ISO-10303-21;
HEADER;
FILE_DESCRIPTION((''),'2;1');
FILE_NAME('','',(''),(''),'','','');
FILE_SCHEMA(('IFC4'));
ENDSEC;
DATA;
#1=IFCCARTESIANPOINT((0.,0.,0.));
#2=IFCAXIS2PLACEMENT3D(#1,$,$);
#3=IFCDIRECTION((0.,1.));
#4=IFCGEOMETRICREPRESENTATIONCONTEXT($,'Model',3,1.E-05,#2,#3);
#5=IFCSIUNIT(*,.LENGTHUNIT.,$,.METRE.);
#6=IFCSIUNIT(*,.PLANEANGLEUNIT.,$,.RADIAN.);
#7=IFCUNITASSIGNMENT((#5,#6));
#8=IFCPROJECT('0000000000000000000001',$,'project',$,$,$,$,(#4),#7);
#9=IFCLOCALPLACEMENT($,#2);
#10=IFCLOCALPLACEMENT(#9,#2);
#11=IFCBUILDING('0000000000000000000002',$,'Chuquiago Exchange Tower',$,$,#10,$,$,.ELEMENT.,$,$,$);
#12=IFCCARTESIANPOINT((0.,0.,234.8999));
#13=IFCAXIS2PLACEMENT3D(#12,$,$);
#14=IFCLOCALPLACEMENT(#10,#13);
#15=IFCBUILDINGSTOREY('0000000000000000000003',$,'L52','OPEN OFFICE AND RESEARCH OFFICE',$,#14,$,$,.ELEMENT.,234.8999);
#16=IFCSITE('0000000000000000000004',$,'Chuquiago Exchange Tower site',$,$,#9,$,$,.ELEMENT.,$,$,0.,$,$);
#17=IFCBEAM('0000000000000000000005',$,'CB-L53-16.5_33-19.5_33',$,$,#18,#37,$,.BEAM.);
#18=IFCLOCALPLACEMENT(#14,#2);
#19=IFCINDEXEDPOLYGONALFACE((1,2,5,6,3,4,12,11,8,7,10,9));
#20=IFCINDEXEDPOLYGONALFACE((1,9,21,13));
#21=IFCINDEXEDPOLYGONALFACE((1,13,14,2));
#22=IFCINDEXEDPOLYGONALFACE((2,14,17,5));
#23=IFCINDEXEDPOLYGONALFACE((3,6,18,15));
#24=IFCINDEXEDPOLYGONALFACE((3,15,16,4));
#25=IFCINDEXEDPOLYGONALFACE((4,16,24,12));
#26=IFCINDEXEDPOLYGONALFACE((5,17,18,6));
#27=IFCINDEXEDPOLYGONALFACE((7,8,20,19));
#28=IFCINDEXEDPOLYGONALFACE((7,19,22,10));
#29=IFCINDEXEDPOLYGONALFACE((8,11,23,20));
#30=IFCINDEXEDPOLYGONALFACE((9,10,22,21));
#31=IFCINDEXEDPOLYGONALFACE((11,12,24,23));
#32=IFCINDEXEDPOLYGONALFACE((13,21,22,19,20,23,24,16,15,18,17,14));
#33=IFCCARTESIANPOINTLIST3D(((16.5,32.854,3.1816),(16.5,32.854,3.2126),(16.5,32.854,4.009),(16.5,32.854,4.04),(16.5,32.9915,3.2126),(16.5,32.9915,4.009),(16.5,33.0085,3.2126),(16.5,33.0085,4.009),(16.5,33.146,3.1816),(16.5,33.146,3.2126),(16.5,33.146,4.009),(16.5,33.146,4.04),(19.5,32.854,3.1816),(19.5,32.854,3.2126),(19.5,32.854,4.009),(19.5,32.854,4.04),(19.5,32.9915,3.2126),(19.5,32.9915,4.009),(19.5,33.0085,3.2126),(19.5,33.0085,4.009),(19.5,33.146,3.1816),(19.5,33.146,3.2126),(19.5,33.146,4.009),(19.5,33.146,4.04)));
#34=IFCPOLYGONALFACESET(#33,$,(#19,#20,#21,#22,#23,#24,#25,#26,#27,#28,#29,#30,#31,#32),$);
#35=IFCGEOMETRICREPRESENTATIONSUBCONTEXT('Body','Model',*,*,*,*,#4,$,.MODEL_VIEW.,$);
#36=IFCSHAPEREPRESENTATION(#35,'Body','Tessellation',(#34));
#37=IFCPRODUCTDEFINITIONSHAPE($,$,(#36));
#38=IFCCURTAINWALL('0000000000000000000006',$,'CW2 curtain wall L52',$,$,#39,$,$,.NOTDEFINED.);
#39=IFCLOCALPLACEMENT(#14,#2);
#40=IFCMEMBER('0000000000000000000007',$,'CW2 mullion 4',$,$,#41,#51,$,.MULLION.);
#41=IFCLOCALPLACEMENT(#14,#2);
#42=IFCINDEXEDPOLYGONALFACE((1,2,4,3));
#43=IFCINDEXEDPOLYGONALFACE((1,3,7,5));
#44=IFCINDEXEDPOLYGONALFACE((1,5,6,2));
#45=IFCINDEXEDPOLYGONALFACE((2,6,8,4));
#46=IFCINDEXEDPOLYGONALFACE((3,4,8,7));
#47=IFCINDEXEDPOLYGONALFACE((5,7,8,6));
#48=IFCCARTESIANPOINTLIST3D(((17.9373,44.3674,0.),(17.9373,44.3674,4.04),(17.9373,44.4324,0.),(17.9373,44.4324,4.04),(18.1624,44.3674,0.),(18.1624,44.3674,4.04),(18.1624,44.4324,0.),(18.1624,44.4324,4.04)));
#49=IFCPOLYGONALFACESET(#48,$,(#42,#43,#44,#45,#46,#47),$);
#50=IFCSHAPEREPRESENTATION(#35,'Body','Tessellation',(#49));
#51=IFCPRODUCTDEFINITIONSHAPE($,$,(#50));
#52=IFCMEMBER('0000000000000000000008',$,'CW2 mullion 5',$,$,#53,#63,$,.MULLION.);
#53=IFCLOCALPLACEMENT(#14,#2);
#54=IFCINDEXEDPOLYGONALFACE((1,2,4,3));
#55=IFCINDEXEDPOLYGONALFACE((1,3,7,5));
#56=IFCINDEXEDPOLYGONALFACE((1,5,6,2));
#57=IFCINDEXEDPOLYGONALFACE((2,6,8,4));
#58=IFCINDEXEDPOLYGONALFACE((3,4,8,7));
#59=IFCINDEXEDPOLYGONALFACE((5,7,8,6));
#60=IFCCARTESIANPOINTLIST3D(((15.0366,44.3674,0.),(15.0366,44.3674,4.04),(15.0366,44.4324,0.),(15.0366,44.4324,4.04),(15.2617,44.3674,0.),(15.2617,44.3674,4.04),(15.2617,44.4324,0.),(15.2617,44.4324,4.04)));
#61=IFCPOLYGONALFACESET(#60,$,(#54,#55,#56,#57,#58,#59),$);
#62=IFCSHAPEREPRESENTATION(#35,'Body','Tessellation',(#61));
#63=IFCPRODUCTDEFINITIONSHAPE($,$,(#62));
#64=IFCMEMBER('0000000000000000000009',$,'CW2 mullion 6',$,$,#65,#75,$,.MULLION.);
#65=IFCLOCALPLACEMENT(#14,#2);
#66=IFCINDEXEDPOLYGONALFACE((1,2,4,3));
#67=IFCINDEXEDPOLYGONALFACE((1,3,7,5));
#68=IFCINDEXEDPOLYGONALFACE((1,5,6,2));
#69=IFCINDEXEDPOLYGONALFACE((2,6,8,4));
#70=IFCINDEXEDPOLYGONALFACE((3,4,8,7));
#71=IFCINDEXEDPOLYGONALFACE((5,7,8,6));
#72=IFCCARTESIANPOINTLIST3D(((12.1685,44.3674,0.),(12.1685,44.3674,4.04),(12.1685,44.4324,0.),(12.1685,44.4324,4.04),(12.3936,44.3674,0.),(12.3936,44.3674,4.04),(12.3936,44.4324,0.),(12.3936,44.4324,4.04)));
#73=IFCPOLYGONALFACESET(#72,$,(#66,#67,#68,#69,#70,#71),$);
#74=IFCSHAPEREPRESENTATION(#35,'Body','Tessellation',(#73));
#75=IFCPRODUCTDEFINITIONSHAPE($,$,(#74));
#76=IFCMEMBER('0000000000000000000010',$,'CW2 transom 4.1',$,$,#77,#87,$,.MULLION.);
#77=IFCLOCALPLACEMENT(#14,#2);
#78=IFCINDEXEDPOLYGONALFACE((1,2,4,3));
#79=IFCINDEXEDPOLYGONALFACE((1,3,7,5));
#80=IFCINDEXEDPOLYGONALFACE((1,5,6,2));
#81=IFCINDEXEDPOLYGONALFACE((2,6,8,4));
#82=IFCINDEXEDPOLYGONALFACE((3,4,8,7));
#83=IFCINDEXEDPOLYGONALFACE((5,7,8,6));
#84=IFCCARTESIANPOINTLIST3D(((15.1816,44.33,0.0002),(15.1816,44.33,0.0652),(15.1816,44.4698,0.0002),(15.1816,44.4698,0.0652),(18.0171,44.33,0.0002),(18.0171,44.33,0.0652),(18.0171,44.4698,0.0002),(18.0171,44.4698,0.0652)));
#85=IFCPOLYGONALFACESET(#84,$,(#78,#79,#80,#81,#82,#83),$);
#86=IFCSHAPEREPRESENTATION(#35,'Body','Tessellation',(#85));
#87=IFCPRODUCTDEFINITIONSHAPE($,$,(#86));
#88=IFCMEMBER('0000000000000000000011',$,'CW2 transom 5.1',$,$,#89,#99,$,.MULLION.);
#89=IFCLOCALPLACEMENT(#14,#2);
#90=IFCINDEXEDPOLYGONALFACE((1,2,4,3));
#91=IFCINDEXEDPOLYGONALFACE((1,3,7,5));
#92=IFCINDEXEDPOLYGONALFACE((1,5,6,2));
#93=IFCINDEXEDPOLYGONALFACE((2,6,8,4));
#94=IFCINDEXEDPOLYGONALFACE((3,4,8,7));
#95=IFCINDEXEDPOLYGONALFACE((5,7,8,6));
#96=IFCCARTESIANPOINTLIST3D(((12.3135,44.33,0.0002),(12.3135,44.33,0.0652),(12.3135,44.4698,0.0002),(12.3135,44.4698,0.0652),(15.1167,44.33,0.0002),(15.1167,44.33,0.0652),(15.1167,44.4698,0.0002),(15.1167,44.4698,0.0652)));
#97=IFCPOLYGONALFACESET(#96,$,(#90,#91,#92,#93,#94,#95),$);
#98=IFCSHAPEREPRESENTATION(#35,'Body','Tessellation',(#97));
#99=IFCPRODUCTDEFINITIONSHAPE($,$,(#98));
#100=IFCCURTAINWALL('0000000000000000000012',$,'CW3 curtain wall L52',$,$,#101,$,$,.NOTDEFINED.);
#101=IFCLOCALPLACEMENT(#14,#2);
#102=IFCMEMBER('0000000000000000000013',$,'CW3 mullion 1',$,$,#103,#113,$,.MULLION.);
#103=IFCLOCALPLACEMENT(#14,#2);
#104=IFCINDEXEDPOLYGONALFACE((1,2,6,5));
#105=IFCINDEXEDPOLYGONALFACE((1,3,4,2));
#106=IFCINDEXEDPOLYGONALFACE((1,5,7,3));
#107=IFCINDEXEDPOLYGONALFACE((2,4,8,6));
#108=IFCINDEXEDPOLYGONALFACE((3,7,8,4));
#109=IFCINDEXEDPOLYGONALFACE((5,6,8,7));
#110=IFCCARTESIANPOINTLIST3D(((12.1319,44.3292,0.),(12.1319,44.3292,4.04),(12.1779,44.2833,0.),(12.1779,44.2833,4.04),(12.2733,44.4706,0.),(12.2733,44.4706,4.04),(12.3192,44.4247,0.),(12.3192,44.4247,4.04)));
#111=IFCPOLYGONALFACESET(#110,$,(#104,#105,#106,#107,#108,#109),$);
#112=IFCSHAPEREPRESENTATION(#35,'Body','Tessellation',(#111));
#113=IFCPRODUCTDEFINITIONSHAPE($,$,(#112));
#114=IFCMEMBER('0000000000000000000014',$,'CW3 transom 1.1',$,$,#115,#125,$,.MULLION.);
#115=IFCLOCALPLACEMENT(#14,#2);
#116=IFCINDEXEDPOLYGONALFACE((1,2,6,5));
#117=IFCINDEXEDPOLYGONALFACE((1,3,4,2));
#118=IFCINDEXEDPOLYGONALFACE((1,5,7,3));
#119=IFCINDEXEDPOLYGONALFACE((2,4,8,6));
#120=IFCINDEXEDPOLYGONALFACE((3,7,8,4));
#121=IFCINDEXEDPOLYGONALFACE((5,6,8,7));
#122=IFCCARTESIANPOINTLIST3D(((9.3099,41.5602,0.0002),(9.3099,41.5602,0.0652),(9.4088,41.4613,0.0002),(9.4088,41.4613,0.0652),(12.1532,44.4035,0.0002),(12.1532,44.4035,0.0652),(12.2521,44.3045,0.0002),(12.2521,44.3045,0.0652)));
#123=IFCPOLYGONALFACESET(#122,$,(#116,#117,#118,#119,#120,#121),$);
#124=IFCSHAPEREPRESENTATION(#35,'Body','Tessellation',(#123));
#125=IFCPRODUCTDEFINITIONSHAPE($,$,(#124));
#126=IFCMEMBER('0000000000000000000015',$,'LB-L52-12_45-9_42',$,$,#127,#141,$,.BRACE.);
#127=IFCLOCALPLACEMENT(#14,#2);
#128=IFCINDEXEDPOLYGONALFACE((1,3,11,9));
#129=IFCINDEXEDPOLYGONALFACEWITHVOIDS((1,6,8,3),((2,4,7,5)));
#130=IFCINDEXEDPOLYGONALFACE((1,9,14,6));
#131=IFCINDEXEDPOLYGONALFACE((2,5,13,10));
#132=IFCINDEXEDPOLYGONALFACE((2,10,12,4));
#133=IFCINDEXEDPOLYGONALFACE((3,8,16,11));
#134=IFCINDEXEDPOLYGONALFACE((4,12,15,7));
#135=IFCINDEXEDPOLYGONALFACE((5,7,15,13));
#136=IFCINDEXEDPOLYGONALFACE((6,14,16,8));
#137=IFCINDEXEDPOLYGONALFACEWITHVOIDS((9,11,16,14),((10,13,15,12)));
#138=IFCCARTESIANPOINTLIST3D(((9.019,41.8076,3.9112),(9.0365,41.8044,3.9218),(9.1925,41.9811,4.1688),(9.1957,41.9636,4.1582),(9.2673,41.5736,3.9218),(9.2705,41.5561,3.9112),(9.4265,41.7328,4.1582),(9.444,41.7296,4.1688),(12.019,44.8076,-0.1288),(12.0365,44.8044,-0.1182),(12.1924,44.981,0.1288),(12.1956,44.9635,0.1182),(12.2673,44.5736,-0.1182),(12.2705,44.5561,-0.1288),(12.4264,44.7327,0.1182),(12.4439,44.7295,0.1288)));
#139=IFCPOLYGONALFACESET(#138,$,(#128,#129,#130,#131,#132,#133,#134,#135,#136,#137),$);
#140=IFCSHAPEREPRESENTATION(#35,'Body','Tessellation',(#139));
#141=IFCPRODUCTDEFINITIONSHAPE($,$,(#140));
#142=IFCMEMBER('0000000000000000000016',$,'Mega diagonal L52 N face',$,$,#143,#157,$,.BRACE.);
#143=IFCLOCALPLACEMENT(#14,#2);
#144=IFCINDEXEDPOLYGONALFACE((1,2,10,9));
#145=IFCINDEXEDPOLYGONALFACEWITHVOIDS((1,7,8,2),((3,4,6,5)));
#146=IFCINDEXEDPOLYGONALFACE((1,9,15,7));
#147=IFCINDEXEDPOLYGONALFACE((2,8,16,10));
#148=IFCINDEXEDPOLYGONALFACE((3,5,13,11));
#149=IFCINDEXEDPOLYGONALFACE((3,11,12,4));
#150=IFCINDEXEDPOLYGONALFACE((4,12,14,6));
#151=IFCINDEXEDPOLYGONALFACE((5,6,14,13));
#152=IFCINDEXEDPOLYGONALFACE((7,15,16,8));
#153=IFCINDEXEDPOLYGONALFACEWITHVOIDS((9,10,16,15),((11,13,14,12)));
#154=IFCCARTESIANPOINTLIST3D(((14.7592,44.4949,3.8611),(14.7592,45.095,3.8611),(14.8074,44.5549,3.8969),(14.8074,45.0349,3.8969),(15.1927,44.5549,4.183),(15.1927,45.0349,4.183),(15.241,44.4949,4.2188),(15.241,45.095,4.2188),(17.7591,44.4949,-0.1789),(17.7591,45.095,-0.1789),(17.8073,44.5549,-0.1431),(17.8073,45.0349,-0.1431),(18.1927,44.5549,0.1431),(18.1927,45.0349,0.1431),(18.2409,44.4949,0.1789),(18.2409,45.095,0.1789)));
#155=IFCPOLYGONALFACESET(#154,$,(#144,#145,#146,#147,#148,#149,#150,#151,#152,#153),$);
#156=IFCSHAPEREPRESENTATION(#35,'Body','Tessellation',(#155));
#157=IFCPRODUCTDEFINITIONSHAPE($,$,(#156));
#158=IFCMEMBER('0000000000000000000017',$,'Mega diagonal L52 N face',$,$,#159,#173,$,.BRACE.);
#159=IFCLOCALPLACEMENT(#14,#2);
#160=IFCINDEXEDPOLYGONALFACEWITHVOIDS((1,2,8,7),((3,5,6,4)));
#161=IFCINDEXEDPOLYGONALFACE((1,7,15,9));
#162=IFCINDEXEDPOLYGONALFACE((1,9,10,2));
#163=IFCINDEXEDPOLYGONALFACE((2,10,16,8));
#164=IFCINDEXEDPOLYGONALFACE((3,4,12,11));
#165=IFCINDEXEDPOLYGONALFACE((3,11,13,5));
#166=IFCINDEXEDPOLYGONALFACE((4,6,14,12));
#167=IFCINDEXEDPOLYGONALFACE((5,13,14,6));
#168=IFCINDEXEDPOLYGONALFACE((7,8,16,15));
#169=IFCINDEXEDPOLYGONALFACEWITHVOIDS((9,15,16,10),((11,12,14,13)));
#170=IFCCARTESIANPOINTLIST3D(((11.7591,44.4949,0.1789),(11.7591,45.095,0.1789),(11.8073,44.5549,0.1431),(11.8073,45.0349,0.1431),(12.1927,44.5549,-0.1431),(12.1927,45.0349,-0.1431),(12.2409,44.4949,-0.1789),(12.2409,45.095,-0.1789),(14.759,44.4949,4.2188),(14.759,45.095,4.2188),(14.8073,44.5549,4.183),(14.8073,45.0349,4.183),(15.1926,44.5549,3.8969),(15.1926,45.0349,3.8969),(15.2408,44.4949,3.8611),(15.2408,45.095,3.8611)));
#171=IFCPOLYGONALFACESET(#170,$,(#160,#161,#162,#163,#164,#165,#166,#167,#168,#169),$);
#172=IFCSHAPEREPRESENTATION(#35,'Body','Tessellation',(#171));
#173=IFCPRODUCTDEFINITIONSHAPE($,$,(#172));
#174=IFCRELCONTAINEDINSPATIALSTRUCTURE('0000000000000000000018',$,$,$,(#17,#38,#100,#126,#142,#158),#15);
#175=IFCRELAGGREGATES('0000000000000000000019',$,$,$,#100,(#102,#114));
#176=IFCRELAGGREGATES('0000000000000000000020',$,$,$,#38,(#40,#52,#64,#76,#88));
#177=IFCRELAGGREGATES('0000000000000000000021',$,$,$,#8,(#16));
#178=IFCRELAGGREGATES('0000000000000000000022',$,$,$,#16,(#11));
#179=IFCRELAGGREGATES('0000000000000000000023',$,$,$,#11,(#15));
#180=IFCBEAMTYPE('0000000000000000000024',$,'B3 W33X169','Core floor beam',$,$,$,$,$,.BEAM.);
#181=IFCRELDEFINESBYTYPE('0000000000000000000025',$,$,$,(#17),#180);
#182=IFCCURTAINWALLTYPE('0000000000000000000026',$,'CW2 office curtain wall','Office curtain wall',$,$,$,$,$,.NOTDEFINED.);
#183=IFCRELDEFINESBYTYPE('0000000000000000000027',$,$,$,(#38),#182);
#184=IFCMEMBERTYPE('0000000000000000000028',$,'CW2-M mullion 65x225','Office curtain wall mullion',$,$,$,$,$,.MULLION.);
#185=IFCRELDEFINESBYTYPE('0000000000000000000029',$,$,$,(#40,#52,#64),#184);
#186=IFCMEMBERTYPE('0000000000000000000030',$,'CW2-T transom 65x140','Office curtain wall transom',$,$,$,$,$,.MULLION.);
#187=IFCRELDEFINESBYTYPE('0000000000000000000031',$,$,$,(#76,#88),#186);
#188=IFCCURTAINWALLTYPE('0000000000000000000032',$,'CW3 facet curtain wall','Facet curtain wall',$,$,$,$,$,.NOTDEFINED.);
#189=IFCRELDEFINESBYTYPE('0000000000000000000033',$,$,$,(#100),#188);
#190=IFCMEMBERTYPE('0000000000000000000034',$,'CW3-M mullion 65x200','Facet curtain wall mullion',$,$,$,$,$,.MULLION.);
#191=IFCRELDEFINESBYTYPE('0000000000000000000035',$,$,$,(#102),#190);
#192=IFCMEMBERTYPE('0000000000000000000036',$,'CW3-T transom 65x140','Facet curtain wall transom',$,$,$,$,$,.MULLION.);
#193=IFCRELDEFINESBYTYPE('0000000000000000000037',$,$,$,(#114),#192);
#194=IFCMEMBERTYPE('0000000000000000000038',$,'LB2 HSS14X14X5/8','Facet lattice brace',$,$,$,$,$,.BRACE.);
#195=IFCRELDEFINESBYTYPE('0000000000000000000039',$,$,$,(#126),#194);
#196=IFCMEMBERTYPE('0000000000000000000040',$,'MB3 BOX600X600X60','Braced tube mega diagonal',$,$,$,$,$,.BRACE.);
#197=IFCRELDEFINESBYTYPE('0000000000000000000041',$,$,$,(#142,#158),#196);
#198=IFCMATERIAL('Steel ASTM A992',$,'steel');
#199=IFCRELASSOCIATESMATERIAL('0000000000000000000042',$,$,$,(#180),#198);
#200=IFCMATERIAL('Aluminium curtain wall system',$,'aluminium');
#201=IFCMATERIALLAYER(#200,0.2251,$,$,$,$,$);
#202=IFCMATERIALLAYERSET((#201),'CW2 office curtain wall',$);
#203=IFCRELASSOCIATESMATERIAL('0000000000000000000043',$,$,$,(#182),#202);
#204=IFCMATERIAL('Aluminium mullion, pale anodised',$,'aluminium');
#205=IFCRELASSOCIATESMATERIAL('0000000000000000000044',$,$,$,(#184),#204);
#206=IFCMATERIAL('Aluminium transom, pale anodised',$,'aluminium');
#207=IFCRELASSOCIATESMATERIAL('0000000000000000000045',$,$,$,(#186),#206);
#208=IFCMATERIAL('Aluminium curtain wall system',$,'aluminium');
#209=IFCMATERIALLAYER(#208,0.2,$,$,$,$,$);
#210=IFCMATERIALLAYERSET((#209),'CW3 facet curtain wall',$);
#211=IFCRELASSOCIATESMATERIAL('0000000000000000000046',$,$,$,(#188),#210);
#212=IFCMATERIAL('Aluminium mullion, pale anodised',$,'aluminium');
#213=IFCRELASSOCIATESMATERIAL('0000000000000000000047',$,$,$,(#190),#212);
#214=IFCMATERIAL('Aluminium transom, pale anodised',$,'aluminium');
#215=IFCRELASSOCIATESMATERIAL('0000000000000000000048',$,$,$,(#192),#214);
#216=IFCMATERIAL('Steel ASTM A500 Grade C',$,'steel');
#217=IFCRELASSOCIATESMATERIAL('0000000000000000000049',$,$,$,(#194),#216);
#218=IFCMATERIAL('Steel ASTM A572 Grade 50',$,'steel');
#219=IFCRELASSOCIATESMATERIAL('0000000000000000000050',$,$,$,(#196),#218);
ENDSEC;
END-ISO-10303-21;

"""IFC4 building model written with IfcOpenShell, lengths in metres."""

from ifc_helpers import new_model, si_unit, direction, frame, origin, origin_2d, place, context, subcontext, project, spatial, rectangle, hollow_rectangle, i_section, extrude, material, layer, layer_set, material_profile, profile_set, type_object, element, aggregate, save


model = new_model("IFC4")

# Units and contexts
model_context = context("Model", 3, precision=1e-05, world=origin(), true_north=direction((0.0, 1.0)))
body_context = subcontext(model_context, "Body", "Model", "MODEL_VIEW")
ifc_project = project(units=[si_unit("LENGTHUNIT", "METRE"), si_unit("PLANEANGLEUNIT", "RADIAN")], contexts=[model_context])

# Site, building, storey
site_placement = place(None, origin())
site = spatial("IfcSite", under=ifc_project, at=site_placement, Name="Chuquiago Exchange Tower site", CompositionType="ELEMENT", RefElevation=0.0)
building_placement = place(site_placement, origin())
building = spatial("IfcBuilding", under=site, at=building_placement, Name="Chuquiago Exchange Tower", CompositionType="ELEMENT")
storey_placement = place(building_placement, frame((0.0, 0.0, 234.8999)))
storey = spatial("IfcBuildingStorey", under=building, at=storey_placement, Name="L52", Description="OPEN OFFICE AND RESEARCH OFFICE", CompositionType="ELEMENT", Elevation=234.8999)

# Beam
ifc_material_1 = material(Name="Steel ASTM A992", Category="steel")
ifc_material_profile_1 = material_profile(ifc_material_1, i_section(OverallWidth=0.292, OverallDepth=0.8584, WebThickness=0.0171, FlangeThickness=0.031, at=origin_2d()), Name="W33X169")
ifc_profile_set_1 = profile_set([ifc_material_profile_1], Name="Steel ASTM A992")
beam_type_1 = type_object("IfcBeamType", Name="B3 W33X169", Description="Core floor beam", PredefinedType="BEAM", material=ifc_profile_set_1)
beam_1_placement = place(storey_placement, frame((16.5, 33.0, 3.6108), z_axis=(1.0, 0.0, 0.0), x_axis=(0.0, 1.0, 0.0)))
element("IfcBeam", 1, at=beam_1_placement, inside=storey, type_object=beam_type_1, Name="CB-L53-16.5_33-19.5_33", PredefinedType="BEAM", context=body_context, shape_type="SweptSolid", body=[
    extrude(i_section(OverallWidth=0.292, OverallDepth=0.8584, WebThickness=0.0171, FlangeThickness=0.031, at=origin_2d()), origin(), (0.0, 0.0, 1.0), 3.0),
])

# Curtain walls, members
ifc_material_2 = material(Name="Aluminium curtain wall system", Category="aluminium")
ifc_layer_1 = layer(ifc_material_2, 0.2251)
ifc_layer_set_1 = layer_set([ifc_layer_1], Name="CW2 office curtain wall")
curtain_wall_type_1 = type_object("IfcCurtainWallType", Name="CW2 office curtain wall", Description="Office curtain wall", PredefinedType="NOTDEFINED", material=ifc_layer_set_1)
curtain_wall_1_placement = place(storey_placement, origin())
curtain_wall_1 = element("IfcCurtainWall", 2, at=curtain_wall_1_placement, inside=storey, type_object=curtain_wall_type_1, Name="CW2 curtain wall L52", PredefinedType="NOTDEFINED")
ifc_material_3 = material(Name="Aluminium mullion, pale anodised", Category="aluminium")
ifc_material_profile_2 = material_profile(ifc_material_3, rectangle(XDim=0.0649, YDim=0.2251, at=origin_2d()), Name="AL 65x225")
ifc_profile_set_2 = profile_set([ifc_material_profile_2], Name="Aluminium mullion, pale anodised")
member_type_1 = type_object("IfcMemberType", Name="CW2-M mullion 65x225", Description="Office curtain wall mullion", PredefinedType="MULLION", material=ifc_profile_set_2)
member_1_placement = place(storey_placement, frame((18.0498, 44.3999, 0.0), z_axis=(0.0, 0.0, 1.0), x_axis=(0.0, -1.0, 0.0)))
member_1 = element("IfcMember", 3, at=member_1_placement, type_object=member_type_1, Name="CW2 mullion 4", PredefinedType="MULLION", context=body_context, shape_type="SweptSolid", body=[
    extrude(rectangle(XDim=0.0649, YDim=0.2251, at=origin_2d()), origin(), (0.0, 0.0, 1.0), 4.04),
])
member_2_placement = place(storey_placement, frame((15.1492, 44.3999, 0.0), z_axis=(0.0, 0.0, 1.0), x_axis=(0.0, -1.0, 0.0)))
member_2 = element("IfcMember", 4, at=member_2_placement, type_object=member_type_1, Name="CW2 mullion 5", PredefinedType="MULLION", context=body_context, shape_type="SweptSolid", body=[
    extrude(rectangle(XDim=0.0649, YDim=0.2251, at=origin_2d()), origin(), (0.0, 0.0, 1.0), 4.04),
])
member_3_placement = place(storey_placement, frame((12.281, 44.3999, 0.0), z_axis=(0.0, 0.0, 1.0), x_axis=(0.0, -1.0, 0.0)))
member_3 = element("IfcMember", 5, at=member_3_placement, type_object=member_type_1, Name="CW2 mullion 6", PredefinedType="MULLION", context=body_context, shape_type="SweptSolid", body=[
    extrude(rectangle(XDim=0.0649, YDim=0.2251, at=origin_2d()), origin(), (0.0, 0.0, 1.0), 4.04),
])
ifc_material_4 = material(Name="Aluminium transom, pale anodised", Category="aluminium")
ifc_material_profile_3 = material_profile(ifc_material_4, rectangle(XDim=0.1399, YDim=0.0649, at=origin_2d()), Name="AL 140x65")
ifc_profile_set_3 = profile_set([ifc_material_profile_3], Name="Aluminium transom, pale anodised")
member_type_2 = type_object("IfcMemberType", Name="CW2-T transom 65x140", Description="Office curtain wall transom", PredefinedType="MULLION", material=ifc_profile_set_3)
member_4_placement = place(storey_placement, frame((18.0171, 44.3999, 0.0327), z_axis=(-1.0, 0.0, 0.0), x_axis=(0.0, -1.0, 0.0)))
member_4 = element("IfcMember", 6, at=member_4_placement, type_object=member_type_2, Name="CW2 transom 4.1", PredefinedType="MULLION", context=body_context, shape_type="SweptSolid", body=[
    extrude(rectangle(XDim=0.1399, YDim=0.0649, at=origin_2d()), origin(), (0.0, 0.0, 1.0), 2.8354),
])
member_5_placement = place(storey_placement, frame((15.1167, 44.3999, 0.0327), z_axis=(-1.0, 0.0, 0.0), x_axis=(0.0, -1.0, 0.0)))
member_5 = element("IfcMember", 7, at=member_5_placement, type_object=member_type_2, Name="CW2 transom 5.1", PredefinedType="MULLION", context=body_context, shape_type="SweptSolid", body=[
    extrude(rectangle(XDim=0.1399, YDim=0.0649, at=origin_2d()), origin(), (0.0, 0.0, 1.0), 2.8032),
])
ifc_material_5 = material(Name="Aluminium curtain wall system", Category="aluminium")
ifc_layer_2 = layer(ifc_material_5, 0.2)
ifc_layer_set_2 = layer_set([ifc_layer_2], Name="CW3 facet curtain wall")
curtain_wall_type_2 = type_object("IfcCurtainWallType", Name="CW3 facet curtain wall", Description="Facet curtain wall", PredefinedType="NOTDEFINED", material=ifc_layer_set_2)
curtain_wall_2_placement = place(storey_placement, origin())
curtain_wall_2 = element("IfcCurtainWall", 8, at=curtain_wall_2_placement, inside=storey, type_object=curtain_wall_type_2, Name="CW3 curtain wall L52", PredefinedType="NOTDEFINED")
ifc_material_6 = material(Name="Aluminium mullion, pale anodised", Category="aluminium")
ifc_material_profile_4 = material_profile(ifc_material_6, rectangle(XDim=0.0649, YDim=0.2, at=origin_2d()), Name="AL 65x200")
ifc_profile_set_4 = profile_set([ifc_material_profile_4], Name="Aluminium mullion, pale anodised")
member_type_3 = type_object("IfcMemberType", Name="CW3-M mullion 65x200", Description="Facet curtain wall mullion", PredefinedType="MULLION", material=ifc_profile_set_4)
member_6_placement = place(storey_placement, frame((12.2256, 44.377, 0.0), z_axis=(0.0, 0.0, 1.0), x_axis=(0.707107, -0.707107, 0.0)))
member_6 = element("IfcMember", 9, at=member_6_placement, type_object=member_type_3, Name="CW3 mullion 1", PredefinedType="MULLION", context=body_context, shape_type="SweptSolid", body=[
    extrude(rectangle(XDim=0.0649, YDim=0.2, at=origin_2d()), origin(), (0.0, 0.0, 1.0), 4.04),
])
ifc_material_7 = material(Name="Aluminium transom, pale anodised", Category="aluminium")
ifc_material_profile_5 = material_profile(ifc_material_7, rectangle(XDim=0.1399, YDim=0.0649, at=origin_2d()), Name="AL 140x65")
ifc_profile_set_5 = profile_set([ifc_material_profile_5], Name="Aluminium transom, pale anodised")
member_type_4 = type_object("IfcMemberType", Name="CW3-T transom 65x140", Description="Facet curtain wall transom", PredefinedType="MULLION", material=ifc_profile_set_5)
member_7_placement = place(storey_placement, frame((12.2026, 44.354, 0.0327), z_axis=(-0.707107, -0.707107, 0.0), x_axis=(0.707107, -0.707107, 0.0)))
member_7 = element("IfcMember", 10, at=member_7_placement, type_object=member_type_4, Name="CW3 transom 1.1", PredefinedType="MULLION", context=body_context, shape_type="SweptSolid", body=[
    extrude(rectangle(XDim=0.1399, YDim=0.0649, at=origin_2d()), origin(), (0.0, 0.0, 1.0), 4.021),
])
aggregate(curtain_wall_2, [member_6, member_7])

# Members
ifc_material_8 = material(Name="Steel ASTM A500 Grade C", Category="steel")
ifc_material_profile_6 = material_profile(ifc_material_8, hollow_rectangle(XDim=0.3557, YDim=0.3557, WallThickness=0.0146, at=origin_2d()), Name="HSS14X14X5/8")
ifc_profile_set_6 = profile_set([ifc_material_profile_6], Name="Steel ASTM A500 Grade C")
member_type_5 = type_object("IfcMemberType", Name="LB2 HSS14X14X5/8", Description="Facet lattice brace", PredefinedType="BRACE", material=ifc_profile_set_6)
member_8_placement = place(storey_placement, frame((12.2314, 44.7686, 0.0), z_axis=(-0.512077, -0.512077, 0.689604), x_axis=(0.707107, -0.707107, 0.0)))
element("IfcMember", 11, at=member_8_placement, inside=storey, type_object=member_type_5, Name="LB-L52-12_45-9_42", PredefinedType="BRACE", context=body_context, shape_type="SweptSolid", body=[
    extrude(hollow_rectangle(XDim=0.3557, YDim=0.3557, WallThickness=0.0146, at=origin_2d()), origin(), (0.0, 0.0, 1.0), 5.8584),
])
ifc_material_9 = material(Name="Steel ASTM A572 Grade 50", Category="steel")
ifc_material_profile_7 = material_profile(ifc_material_9, hollow_rectangle(XDim=0.6001, YDim=0.6001, WallThickness=0.0601, at=origin_2d()), Name="BOX600X600X60")
ifc_profile_set_7 = profile_set([ifc_material_profile_7], Name="Steel ASTM A572 Grade 50")
member_type_6 = type_object("IfcMemberType", Name="MB3 BOX600X600X60", Description="Braced tube mega diagonal", PredefinedType="BRACE", material=ifc_profile_set_7)
for number, where, z_axis, x_axis, name in (
    (12, (18.0, 44.7949, 0.0), (-0.596174, 0.0, 0.802855), (0.0, -1.0, 0.0), "Mega diagonal L52 N face"),
    (13, (12.0, 44.7949, 0.0), (0.596174, 0.0, 0.802855), (0.0, 1.0, 0.0), "Mega diagonal L52 N face"),
):
    element("IfcMember", number, at=place(storey_placement, frame(where, z_axis=z_axis, x_axis=x_axis)), inside=storey, type_object=member_type_6, Name=name, PredefinedType="BRACE", context=body_context, shape_type="SweptSolid", body=[
        extrude(hollow_rectangle(XDim=0.6001, YDim=0.6001, WallThickness=0.0601, at=origin_2d()), origin(), (0.0, 0.0, 1.0), 5.032),
    ])

aggregate(curtain_wall_1, [member_1, member_2, member_3, member_4, member_5])

save(model, "model.ifc")
